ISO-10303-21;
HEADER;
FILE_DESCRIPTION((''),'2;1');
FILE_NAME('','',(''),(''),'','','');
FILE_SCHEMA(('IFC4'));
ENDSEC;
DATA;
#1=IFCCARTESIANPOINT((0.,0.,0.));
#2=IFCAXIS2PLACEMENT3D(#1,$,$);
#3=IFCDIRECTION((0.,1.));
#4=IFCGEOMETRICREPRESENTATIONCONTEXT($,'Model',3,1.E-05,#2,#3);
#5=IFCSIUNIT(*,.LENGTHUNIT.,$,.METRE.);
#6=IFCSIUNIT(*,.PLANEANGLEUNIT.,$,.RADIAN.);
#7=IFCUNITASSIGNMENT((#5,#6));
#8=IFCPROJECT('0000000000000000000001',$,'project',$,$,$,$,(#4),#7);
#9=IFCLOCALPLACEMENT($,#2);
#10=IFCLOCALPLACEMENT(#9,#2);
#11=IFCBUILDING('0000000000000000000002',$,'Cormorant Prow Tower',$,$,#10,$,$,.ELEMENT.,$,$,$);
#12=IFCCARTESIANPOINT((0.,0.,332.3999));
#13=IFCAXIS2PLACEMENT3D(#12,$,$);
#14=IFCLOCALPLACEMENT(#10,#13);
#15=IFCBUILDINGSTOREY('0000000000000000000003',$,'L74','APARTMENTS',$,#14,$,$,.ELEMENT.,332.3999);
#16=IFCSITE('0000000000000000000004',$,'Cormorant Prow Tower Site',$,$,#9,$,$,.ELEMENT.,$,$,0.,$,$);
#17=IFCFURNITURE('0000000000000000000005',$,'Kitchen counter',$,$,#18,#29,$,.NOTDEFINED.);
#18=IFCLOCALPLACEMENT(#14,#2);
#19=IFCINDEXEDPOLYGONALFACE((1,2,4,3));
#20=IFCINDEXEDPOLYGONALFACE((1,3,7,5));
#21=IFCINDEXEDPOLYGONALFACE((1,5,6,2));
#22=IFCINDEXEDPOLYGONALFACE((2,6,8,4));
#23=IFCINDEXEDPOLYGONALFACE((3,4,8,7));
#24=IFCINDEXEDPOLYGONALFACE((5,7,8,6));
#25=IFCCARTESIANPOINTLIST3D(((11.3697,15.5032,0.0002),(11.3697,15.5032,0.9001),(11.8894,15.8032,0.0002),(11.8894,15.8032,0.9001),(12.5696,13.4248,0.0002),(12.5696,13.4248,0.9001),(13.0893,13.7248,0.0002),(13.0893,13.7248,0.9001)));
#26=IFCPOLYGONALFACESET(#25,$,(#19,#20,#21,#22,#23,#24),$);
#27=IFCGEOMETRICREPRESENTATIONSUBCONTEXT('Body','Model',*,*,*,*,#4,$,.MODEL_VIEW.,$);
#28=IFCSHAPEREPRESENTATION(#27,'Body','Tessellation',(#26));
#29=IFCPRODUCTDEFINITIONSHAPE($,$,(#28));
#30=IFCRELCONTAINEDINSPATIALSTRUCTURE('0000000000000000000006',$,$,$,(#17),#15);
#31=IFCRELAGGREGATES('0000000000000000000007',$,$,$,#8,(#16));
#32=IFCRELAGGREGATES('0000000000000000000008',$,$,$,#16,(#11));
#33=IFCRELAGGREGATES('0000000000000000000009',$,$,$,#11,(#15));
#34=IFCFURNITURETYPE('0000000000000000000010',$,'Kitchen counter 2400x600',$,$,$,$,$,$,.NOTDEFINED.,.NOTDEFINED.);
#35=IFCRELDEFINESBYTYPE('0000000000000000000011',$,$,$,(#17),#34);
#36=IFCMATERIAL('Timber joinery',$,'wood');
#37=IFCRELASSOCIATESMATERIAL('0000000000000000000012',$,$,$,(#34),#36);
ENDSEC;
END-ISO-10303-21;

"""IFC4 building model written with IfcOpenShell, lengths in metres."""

from ifc_helpers import new_model, si_unit, direction, frame, origin, origin_2d, place, context, subcontext, project, spatial, rectangle, extrude, material, type_object, element, save


model = new_model("IFC4")

# Units and contexts
model_context = context("Model", 3, precision=1e-05, world=origin(), true_north=direction((0.0, 1.0)))
body_context = subcontext(model_context, "Body", "Model", "MODEL_VIEW")
ifc_project = project(units=[si_unit("LENGTHUNIT", "METRE"), si_unit("PLANEANGLEUNIT", "RADIAN")], contexts=[model_context])

# Site, building, storey
site_placement = place(None, origin())
site = spatial("IfcSite", under=ifc_project, at=site_placement, Name="Cormorant Prow Tower Site", CompositionType="ELEMENT", RefElevation=0.0)
building_placement = place(site_placement, origin())
building = spatial("IfcBuilding", under=site, at=building_placement, Name="Cormorant Prow Tower", CompositionType="ELEMENT")
storey_placement = place(building_placement, frame((0.0, 0.0, 332.3999)))
storey = spatial("IfcBuildingStorey", under=building, at=storey_placement, Name="L74", Description="APARTMENTS", CompositionType="ELEMENT", Elevation=332.3999)

# Furniture
ifc_material_1 = material(Name="Timber joinery", Category="wood")
furniture_type = type_object("IfcFurnitureType", Name="Kitchen counter 2400x600", AssemblyPlace="NOTDEFINED", PredefinedType="NOTDEFINED", material=ifc_material_1)
furniture_placement = place(storey_placement, frame((12.2295, 14.614, 0.0002), z_axis=(0.0, 0.0, 1.0), x_axis=(-0.5, 0.866025, 0.0)))
element("IfcFurniture", 1, at=furniture_placement, inside=storey, type_object=furniture_type, Name="Kitchen counter", PredefinedType="NOTDEFINED", context=body_context, shape_type="SweptSolid", body=[
    extrude(rectangle(XDim=2.3999, YDim=0.6001, at=origin_2d()), origin(), (0.0, 0.0, 1.0), 0.8999),
])

save(model, "model.ifc")
